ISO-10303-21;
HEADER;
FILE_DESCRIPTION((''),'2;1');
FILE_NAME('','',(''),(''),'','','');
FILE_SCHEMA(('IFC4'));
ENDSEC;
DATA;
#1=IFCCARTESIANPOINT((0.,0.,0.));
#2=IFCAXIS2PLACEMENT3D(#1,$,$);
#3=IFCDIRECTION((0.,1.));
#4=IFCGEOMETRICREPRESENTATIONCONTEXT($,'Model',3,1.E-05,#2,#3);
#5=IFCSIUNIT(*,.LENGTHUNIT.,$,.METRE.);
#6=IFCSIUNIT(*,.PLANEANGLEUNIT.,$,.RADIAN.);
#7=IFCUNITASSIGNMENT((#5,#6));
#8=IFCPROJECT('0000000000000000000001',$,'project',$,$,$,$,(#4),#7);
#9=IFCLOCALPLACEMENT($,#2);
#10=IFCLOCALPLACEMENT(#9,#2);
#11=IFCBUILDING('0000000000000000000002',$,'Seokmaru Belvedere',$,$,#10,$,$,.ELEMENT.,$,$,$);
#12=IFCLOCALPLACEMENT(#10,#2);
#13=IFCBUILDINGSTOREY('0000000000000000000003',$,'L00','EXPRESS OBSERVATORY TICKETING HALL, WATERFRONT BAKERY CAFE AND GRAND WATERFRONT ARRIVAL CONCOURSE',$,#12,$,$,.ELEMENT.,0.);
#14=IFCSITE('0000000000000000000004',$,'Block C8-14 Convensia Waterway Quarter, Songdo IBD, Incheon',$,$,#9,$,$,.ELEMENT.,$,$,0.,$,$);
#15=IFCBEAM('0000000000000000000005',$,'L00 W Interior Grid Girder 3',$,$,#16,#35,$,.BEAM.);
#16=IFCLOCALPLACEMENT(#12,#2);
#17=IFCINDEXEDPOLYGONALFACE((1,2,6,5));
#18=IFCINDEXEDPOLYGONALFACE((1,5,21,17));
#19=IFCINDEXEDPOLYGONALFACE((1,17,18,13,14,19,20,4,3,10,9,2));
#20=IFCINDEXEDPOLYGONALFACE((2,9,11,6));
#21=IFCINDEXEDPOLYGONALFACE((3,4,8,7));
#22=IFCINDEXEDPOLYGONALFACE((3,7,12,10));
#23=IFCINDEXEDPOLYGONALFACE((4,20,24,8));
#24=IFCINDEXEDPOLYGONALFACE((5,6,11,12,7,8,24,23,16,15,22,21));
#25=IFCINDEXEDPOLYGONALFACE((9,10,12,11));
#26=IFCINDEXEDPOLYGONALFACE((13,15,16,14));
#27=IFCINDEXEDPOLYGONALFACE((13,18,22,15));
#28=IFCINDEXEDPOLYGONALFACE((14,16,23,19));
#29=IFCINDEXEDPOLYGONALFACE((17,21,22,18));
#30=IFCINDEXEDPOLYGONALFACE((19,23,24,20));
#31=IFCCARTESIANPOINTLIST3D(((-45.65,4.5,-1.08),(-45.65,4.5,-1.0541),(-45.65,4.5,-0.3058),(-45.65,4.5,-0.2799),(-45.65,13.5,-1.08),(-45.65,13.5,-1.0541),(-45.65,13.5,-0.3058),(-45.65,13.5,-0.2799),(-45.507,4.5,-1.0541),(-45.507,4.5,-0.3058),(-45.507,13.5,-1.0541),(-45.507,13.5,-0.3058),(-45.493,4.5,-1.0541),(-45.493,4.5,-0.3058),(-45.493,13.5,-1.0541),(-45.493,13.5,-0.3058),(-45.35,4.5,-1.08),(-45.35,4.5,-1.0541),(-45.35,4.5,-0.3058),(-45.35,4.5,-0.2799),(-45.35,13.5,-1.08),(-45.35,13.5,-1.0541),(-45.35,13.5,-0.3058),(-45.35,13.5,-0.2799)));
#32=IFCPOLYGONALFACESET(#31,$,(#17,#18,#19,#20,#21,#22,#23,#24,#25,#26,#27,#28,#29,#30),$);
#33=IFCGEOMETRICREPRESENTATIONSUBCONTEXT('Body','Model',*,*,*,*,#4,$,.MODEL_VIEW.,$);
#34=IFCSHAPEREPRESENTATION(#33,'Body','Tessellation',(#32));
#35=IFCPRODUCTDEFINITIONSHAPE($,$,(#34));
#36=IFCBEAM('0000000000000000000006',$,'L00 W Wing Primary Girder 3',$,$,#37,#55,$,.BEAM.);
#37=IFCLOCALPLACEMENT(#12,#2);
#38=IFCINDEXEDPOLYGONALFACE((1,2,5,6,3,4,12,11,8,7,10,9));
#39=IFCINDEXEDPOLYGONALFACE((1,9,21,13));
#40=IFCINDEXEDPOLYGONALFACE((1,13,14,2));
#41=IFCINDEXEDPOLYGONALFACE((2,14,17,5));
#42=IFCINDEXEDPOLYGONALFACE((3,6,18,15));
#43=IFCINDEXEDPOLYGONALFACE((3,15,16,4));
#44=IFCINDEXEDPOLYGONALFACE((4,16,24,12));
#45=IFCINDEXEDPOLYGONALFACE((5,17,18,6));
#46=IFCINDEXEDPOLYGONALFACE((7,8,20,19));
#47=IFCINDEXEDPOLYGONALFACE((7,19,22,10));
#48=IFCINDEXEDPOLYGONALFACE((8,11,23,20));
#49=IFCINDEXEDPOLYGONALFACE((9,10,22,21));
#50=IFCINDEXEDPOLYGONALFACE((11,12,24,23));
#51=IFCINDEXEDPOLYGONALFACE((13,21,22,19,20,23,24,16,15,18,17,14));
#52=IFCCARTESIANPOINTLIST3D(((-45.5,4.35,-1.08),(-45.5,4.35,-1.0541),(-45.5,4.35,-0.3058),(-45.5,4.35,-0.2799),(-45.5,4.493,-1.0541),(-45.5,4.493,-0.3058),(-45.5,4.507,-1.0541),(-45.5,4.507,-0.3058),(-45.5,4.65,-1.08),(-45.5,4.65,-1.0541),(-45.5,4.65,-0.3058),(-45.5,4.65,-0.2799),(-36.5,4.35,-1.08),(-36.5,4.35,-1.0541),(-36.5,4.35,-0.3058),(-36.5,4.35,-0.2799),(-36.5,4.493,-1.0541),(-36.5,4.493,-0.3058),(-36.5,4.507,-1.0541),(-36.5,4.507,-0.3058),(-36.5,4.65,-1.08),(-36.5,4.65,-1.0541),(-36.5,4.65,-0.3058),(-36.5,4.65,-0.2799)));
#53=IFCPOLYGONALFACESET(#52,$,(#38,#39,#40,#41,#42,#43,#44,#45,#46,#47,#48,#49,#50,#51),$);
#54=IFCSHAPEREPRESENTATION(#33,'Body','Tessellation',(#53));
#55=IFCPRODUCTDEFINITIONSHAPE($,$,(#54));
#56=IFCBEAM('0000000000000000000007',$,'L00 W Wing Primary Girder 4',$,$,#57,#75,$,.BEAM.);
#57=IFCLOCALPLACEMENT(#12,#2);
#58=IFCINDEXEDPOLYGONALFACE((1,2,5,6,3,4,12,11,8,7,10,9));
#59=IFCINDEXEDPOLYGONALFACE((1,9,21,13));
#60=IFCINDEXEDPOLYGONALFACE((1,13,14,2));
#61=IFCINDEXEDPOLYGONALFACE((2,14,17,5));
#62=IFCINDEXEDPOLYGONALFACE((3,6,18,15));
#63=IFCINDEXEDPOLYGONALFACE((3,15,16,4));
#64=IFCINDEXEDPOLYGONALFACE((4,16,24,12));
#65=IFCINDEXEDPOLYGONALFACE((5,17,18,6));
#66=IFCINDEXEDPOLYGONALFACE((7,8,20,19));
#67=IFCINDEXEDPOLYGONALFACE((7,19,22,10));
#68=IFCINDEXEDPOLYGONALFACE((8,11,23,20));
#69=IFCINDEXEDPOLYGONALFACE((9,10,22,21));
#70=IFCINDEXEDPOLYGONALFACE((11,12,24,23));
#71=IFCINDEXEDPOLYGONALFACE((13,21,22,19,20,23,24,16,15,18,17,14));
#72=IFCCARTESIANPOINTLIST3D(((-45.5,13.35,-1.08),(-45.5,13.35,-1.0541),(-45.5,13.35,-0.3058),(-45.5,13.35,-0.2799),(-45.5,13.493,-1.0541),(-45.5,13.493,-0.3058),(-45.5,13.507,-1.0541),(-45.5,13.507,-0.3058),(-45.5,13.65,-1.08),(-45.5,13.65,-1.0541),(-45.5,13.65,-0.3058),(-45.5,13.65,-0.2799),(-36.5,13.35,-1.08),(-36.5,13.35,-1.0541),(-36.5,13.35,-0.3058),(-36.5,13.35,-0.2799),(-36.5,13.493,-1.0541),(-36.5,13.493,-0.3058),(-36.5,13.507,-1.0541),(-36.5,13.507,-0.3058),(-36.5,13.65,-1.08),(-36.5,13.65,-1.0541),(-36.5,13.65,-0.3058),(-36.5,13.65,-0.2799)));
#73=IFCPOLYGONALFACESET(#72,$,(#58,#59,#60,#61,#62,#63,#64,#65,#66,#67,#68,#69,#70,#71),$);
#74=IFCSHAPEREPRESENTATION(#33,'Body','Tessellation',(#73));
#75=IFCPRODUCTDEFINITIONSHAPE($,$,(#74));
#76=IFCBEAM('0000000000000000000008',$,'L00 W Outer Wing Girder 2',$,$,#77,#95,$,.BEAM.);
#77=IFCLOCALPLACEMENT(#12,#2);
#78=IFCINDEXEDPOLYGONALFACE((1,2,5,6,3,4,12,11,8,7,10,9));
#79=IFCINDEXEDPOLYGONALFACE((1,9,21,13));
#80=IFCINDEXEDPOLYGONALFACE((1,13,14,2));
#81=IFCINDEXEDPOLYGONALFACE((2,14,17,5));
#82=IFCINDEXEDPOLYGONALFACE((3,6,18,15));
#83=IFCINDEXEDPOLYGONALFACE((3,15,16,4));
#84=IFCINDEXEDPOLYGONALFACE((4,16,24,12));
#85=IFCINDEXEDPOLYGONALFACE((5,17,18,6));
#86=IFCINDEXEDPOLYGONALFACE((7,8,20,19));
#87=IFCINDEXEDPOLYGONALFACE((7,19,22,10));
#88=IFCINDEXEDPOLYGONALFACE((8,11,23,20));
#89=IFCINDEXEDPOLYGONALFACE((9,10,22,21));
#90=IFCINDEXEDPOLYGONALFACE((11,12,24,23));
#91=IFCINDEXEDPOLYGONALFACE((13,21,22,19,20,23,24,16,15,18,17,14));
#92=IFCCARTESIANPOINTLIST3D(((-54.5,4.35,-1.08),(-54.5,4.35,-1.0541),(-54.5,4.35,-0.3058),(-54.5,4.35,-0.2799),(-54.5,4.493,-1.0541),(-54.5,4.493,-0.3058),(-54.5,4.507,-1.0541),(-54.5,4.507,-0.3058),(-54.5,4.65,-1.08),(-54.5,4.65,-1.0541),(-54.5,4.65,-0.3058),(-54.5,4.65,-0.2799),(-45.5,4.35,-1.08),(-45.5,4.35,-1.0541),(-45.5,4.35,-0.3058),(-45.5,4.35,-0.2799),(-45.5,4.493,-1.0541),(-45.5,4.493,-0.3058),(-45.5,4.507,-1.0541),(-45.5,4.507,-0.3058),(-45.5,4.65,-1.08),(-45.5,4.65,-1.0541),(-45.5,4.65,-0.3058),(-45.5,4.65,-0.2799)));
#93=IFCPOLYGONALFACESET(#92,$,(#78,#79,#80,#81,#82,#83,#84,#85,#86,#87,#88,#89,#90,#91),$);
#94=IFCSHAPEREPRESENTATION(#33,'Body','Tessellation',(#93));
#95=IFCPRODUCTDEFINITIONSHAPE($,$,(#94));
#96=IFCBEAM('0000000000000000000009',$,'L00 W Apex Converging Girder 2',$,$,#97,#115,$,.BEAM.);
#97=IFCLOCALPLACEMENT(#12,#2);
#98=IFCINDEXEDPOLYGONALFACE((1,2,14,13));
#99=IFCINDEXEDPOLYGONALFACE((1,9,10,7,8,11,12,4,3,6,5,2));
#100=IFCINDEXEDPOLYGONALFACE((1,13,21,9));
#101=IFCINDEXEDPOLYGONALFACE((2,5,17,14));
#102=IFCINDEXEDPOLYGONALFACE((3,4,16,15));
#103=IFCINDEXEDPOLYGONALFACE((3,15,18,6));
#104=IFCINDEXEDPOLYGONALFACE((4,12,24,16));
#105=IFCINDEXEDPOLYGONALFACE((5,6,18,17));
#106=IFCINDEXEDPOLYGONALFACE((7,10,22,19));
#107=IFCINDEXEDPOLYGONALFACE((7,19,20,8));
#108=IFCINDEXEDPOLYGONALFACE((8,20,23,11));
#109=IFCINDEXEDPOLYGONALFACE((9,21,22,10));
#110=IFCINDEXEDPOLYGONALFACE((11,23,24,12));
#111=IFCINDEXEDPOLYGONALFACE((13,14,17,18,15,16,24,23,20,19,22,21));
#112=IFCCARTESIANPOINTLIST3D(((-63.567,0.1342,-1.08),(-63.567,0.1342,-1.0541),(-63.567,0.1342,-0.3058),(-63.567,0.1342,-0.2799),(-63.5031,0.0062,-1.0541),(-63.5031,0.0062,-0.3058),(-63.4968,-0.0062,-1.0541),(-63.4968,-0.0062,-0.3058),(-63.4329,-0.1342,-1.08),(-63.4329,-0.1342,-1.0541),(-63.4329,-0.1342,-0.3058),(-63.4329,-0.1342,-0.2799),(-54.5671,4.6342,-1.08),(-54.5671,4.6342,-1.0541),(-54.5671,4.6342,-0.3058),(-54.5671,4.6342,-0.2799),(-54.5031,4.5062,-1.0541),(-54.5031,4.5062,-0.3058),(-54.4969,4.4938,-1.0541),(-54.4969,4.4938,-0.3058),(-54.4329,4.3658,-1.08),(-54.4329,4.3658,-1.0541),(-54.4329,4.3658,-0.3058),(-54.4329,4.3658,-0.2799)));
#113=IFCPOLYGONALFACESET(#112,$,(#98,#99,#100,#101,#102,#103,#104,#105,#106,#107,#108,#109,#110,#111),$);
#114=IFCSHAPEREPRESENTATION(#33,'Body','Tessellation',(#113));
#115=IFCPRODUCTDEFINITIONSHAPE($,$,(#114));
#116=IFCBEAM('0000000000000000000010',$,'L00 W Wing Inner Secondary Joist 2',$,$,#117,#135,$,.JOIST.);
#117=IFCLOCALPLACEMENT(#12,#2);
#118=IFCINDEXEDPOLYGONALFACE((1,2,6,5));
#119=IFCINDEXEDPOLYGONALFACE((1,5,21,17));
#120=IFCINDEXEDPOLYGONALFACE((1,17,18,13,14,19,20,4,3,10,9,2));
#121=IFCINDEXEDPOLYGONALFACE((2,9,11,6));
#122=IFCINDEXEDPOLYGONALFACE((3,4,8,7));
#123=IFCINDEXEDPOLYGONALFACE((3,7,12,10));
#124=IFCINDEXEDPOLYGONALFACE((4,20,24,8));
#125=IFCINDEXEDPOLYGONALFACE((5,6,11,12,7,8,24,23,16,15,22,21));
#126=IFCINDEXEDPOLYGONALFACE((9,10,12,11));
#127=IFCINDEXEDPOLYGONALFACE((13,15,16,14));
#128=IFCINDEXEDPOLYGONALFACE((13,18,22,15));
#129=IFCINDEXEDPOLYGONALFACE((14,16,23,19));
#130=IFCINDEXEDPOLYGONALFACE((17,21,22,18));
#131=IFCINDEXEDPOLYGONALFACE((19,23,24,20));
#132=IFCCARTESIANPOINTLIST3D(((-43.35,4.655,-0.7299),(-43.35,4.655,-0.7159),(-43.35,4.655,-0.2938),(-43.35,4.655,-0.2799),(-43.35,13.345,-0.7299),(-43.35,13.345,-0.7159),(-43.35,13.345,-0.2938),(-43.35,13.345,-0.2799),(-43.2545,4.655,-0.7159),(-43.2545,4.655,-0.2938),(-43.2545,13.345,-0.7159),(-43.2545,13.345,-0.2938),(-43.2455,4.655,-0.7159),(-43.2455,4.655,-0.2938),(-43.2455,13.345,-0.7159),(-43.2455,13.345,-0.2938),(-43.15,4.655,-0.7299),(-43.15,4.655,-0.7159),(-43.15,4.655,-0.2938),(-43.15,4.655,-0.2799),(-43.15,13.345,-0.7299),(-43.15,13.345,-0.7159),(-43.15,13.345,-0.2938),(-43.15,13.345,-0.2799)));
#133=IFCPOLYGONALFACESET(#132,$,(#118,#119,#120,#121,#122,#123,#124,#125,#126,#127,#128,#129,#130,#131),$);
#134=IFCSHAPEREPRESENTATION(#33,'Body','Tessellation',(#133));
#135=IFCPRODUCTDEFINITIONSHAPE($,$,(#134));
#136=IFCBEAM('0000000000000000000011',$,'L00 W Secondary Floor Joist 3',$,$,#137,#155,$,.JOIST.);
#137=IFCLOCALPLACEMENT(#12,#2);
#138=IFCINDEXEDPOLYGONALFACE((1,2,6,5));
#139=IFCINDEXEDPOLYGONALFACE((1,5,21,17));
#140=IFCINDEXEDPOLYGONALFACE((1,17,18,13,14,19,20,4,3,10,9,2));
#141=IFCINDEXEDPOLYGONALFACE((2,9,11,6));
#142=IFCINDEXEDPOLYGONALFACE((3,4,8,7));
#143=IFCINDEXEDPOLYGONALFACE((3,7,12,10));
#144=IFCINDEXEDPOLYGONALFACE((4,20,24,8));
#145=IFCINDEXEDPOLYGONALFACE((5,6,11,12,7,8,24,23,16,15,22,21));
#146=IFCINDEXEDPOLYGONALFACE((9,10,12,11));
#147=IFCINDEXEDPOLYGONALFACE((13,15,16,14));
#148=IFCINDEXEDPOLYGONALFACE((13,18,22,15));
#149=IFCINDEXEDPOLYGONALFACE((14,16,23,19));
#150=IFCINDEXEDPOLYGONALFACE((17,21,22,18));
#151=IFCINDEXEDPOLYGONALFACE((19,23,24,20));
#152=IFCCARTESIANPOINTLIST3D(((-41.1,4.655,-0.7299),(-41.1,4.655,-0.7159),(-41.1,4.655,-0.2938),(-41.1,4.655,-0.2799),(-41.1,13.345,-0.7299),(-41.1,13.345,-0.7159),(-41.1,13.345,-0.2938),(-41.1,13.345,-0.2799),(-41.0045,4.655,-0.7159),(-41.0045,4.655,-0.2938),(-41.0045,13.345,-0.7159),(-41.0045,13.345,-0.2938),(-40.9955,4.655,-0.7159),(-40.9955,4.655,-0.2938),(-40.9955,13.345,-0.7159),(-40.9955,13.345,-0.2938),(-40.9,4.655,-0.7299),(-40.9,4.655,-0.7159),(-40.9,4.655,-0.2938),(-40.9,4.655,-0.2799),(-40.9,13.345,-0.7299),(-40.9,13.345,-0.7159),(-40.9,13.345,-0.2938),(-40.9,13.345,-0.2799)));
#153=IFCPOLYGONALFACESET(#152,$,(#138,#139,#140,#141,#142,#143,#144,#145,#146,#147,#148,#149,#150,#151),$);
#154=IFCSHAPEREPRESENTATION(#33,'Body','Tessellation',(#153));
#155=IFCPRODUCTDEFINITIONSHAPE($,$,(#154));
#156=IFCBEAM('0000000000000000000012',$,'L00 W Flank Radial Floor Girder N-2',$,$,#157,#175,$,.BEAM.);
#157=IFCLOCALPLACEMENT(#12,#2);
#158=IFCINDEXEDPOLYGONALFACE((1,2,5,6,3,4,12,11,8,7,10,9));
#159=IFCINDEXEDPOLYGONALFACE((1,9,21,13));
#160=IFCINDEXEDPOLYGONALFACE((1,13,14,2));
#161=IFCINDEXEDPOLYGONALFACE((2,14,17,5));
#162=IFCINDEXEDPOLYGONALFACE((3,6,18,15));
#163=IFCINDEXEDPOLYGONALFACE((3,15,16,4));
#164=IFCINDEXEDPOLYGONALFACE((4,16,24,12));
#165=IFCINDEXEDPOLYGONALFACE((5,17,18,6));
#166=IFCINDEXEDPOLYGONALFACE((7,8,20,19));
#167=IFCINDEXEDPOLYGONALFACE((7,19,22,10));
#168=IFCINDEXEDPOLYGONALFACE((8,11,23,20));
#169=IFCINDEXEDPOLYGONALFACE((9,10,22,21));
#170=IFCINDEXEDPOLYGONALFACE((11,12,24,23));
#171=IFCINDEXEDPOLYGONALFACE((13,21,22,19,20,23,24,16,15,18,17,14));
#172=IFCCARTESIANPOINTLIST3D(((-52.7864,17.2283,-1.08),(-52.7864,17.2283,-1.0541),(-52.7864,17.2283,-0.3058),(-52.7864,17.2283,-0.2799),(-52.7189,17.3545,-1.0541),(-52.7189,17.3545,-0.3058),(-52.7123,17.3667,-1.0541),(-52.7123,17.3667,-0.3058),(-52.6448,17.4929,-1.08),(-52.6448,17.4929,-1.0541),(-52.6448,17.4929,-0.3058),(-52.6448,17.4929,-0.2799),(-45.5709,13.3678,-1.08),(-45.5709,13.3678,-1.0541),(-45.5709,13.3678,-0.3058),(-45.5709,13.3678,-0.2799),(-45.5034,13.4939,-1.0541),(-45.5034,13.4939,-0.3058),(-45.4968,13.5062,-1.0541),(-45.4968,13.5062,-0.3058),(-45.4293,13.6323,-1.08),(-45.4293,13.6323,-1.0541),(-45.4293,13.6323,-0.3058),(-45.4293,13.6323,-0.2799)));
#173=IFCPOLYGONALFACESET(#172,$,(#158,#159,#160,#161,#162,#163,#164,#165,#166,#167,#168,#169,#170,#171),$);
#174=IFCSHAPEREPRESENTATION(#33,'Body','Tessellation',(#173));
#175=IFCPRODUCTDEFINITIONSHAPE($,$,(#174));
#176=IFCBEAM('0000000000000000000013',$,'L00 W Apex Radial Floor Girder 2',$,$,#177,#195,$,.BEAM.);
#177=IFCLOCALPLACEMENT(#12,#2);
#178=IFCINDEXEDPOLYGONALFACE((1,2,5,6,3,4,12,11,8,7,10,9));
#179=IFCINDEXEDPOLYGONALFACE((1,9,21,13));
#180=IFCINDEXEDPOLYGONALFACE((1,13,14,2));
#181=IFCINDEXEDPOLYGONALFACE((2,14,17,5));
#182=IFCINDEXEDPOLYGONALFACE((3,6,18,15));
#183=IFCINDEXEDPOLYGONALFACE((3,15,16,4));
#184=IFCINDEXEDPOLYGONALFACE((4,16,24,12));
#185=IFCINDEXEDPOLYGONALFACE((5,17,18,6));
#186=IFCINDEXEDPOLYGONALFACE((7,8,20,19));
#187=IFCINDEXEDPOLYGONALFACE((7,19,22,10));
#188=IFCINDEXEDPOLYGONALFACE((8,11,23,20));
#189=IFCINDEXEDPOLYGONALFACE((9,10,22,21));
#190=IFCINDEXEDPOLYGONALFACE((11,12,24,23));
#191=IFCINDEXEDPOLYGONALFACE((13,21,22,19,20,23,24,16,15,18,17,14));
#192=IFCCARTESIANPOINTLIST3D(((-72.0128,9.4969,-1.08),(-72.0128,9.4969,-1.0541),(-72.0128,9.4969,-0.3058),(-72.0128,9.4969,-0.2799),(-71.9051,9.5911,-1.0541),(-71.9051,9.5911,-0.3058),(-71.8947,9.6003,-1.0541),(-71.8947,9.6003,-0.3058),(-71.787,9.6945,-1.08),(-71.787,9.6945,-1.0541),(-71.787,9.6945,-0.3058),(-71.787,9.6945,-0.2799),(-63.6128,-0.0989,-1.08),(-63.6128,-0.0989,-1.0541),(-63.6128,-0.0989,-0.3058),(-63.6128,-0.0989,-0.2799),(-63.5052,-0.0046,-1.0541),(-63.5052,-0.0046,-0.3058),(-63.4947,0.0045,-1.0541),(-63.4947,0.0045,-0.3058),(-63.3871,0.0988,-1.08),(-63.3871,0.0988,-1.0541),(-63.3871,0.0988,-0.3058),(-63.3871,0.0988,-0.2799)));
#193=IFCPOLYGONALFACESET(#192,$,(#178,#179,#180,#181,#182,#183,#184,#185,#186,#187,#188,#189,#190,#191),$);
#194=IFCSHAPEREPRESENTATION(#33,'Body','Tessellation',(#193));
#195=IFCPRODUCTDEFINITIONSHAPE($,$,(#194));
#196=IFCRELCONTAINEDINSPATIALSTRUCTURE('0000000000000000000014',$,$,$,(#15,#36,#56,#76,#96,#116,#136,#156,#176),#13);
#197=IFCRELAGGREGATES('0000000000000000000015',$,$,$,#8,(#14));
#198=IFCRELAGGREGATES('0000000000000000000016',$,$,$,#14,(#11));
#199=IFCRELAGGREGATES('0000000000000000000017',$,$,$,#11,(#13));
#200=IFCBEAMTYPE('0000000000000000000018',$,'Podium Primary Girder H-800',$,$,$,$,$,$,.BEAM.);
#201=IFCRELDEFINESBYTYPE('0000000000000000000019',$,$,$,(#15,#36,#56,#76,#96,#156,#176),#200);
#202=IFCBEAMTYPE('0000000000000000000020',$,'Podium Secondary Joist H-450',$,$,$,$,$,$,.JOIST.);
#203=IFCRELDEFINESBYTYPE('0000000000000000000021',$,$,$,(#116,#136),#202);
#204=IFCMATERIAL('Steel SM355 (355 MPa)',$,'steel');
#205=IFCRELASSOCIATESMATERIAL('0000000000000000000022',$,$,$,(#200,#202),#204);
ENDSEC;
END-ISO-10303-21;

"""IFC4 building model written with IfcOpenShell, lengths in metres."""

from ifc_helpers import new_model, si_unit, direction, frame, origin, origin_2d, place, context, subcontext, project, spatial, i_section, extrude, source, transform, mapped, material, material_profile, profile_set, type_object, type_shapes, element, save


model = new_model("IFC4")

# Units and contexts
model_context = context("Model", 3, precision=1e-05, world=origin(), true_north=direction((0.0, 1.0)))
body_context = subcontext(model_context, "Body", "Model", "MODEL_VIEW")
ifc_project = project(units=[si_unit("LENGTHUNIT", "METRE"), si_unit("PLANEANGLEUNIT", "RADIAN")], contexts=[model_context])

# Site, building, storey
site_placement = place(None, origin())
site = spatial("IfcSite", under=ifc_project, at=site_placement, Name="Block C8-14 Convensia Waterway Quarter, Songdo IBD, Incheon", CompositionType="ELEMENT", RefElevation=0.0)
building_placement = place(site_placement, origin())
building = spatial("IfcBuilding", under=site, at=building_placement, Name="Seokmaru Belvedere", CompositionType="ELEMENT")
storey_placement = place(building_placement, origin())
storey = spatial("IfcBuildingStorey", under=building, at=storey_placement, Name="L00", Description="EXPRESS OBSERVATORY TICKETING HALL, WATERFRONT BAKERY CAFE AND GRAND WATERFRONT ARRIVAL CONCOURSE", CompositionType="ELEMENT", Elevation=0.0)

# Shared definitions
ifc_material_1 = material(Name="Steel SM355 (355 MPa)", Category="steel")

# Beams
ifc_material_profile_1 = material_profile(ifc_material_1, i_section(OverallWidth=0.3, OverallDepth=0.8, WebThickness=0.0139, FlangeThickness=0.0259, at=origin_2d()), Name="H-800x300x14x26")
ifc_profile_set_1 = profile_set([ifc_material_profile_1], Name="Steel SM355 (355 MPa)")
beam_type_1 = type_object("IfcBeamType", Name="Podium Primary Girder H-800", PredefinedType="BEAM", material=ifc_profile_set_1)
shared_shape_1 = source(origin(), body_context, "Body", "SweptSolid", [
    extrude(i_section(OverallWidth=0.3, OverallDepth=0.8, WebThickness=0.0139, FlangeThickness=0.0259, at=origin_2d()), origin(), (0.0, 0.0, 1.0), 9.0),
])
for number, where, z_axis, x_axis, name in (
    (1, (-45.5, 4.5, -0.6799), (0.0, 1.0, 0.0), (-1.0, 0.0, 0.0), "L00 W Interior Grid Girder 3"),
    (2, (-45.5, 4.5, -0.6799), (1.0, 0.0, 0.0), (0.0, 1.0, 0.0), "L00 W Wing Primary Girder 3"),
    (3, (-45.5, 13.5, -0.6799), (1.0, 0.0, 0.0), (0.0, 1.0, 0.0), "L00 W Wing Primary Girder 4"),
    (4, (-54.5, 4.5, -0.6799), (1.0, 0.0, 0.0), (0.0, 1.0, 0.0), "L00 W Outer Wing Girder 2"),
):
    element("IfcBeam", number, at=place(storey_placement, frame(where, z_axis=z_axis, x_axis=x_axis)), inside=storey, type_object=beam_type_1, Name=name, PredefinedType="BEAM", context=body_context, shape_type="MappedRepresentation", body=[
        mapped(shared_shape_1, transform((0.0, 0.0, 0.0), scale=1.0)),
    ])
shared_shape_2 = source(origin(), body_context, "Body", "SweptSolid", [
    extrude(i_section(OverallWidth=0.3, OverallDepth=0.8, WebThickness=0.0139, FlangeThickness=0.0259, at=origin_2d()), origin(), (0.0, 0.0, 1.0), 10.0623),
])
beam_1_placement = place(storey_placement, frame((-54.5, 4.5, -0.6799), z_axis=(-0.894427, -0.447214, 0.0), x_axis=(0.447214, -0.894427, 0.0)))
element("IfcBeam", 5, at=beam_1_placement, inside=storey, type_object=beam_type_1, Name="L00 W Apex Converging Girder 2", PredefinedType="BEAM", context=body_context, shape_type="MappedRepresentation", body=[
    mapped(shared_shape_2, transform((0.0, 0.0, 0.0), scale=1.0)),
])
ifc_material_profile_2 = material_profile(ifc_material_1, i_section(OverallWidth=0.2, OverallDepth=0.45, WebThickness=0.009, FlangeThickness=0.0139, at=origin_2d()), Name="H-450x200x9x14")
ifc_profile_set_2 = profile_set([ifc_material_profile_2], Name="Steel SM355 (355 MPa)")
beam_type_2 = type_object("IfcBeamType", Name="Podium Secondary Joist H-450", PredefinedType="JOIST", material=ifc_profile_set_2)
shared_shape_3 = source(origin(), body_context, "Body", "SweptSolid", [
    extrude(i_section(OverallWidth=0.2, OverallDepth=0.45, WebThickness=0.009, FlangeThickness=0.0139, at=origin_2d()), origin(), (0.0, 0.0, 1.0), 8.6899),
])
type_shapes(beam_type_2, [shared_shape_3])
for number, where, z_axis, x_axis, name in (
    (6, (-43.25, 4.655, -0.5049), (0.0, 1.0, 0.0), (-1.0, 0.0, 0.0), "L00 W Wing Inner Secondary Joist 2"),
    (7, (-41.0, 4.655, -0.5049), (0.0, 1.0, 0.0), (-1.0, 0.0, 0.0), "L00 W Secondary Floor Joist 3"),
):
    element("IfcBeam", number, at=place(storey_placement, frame(where, z_axis=z_axis, x_axis=x_axis)), inside=storey, type_object=beam_type_2, Name=name, PredefinedType="JOIST", context=body_context, shape_type="MappedRepresentation", body=[
        mapped(shared_shape_3, transform((0.0, 0.0, 0.0), scale=1.0)),
    ])
shared_shape_4 = source(origin(), body_context, "Body", "SweptSolid", [
    extrude(i_section(OverallWidth=0.3, OverallDepth=0.8, WebThickness=0.0139, FlangeThickness=0.0259, at=origin_2d()), origin(), (0.0, 0.0, 1.0), 8.1833),
])
beam_2_placement = place(storey_placement, frame((-52.7156, 17.3606, -0.6799), z_axis=(0.881729, -0.471757, 0.0), x_axis=(0.471757, 0.881729, 0.0)))
element("IfcBeam", 8, at=beam_2_placement, inside=storey, type_object=beam_type_1, Name="L00 W Flank Radial Floor Girder N-2", PredefinedType="BEAM", context=body_context, shape_type="MappedRepresentation", body=[
    mapped(shared_shape_4, transform((0.0, 0.0, 0.0), scale=1.0)),
])
shared_shape_5 = source(origin(), body_context, "Body", "SweptSolid", [
    extrude(i_section(OverallWidth=0.3, OverallDepth=0.8, WebThickness=0.0139, FlangeThickness=0.0259, at=origin_2d()), origin(), (0.0, 0.0, 1.0), 12.7529),
])
type_shapes(beam_type_1, [shared_shape_1, shared_shape_2, shared_shape_4, shared_shape_5])
beam_3_placement = place(storey_placement, frame((-71.8999, 9.5957, -0.6799), z_axis=(0.658667, -0.752434, 0.0), x_axis=(0.752434, 0.658667, 0.0)))
element("IfcBeam", 9, at=beam_3_placement, inside=storey, type_object=beam_type_1, Name="L00 W Apex Radial Floor Girder 2", PredefinedType="BEAM", context=body_context, shape_type="MappedRepresentation", body=[
    mapped(shared_shape_5, transform((0.0, 0.0, 0.0), scale=1.0)),
])

save(model, "model.ifc")
